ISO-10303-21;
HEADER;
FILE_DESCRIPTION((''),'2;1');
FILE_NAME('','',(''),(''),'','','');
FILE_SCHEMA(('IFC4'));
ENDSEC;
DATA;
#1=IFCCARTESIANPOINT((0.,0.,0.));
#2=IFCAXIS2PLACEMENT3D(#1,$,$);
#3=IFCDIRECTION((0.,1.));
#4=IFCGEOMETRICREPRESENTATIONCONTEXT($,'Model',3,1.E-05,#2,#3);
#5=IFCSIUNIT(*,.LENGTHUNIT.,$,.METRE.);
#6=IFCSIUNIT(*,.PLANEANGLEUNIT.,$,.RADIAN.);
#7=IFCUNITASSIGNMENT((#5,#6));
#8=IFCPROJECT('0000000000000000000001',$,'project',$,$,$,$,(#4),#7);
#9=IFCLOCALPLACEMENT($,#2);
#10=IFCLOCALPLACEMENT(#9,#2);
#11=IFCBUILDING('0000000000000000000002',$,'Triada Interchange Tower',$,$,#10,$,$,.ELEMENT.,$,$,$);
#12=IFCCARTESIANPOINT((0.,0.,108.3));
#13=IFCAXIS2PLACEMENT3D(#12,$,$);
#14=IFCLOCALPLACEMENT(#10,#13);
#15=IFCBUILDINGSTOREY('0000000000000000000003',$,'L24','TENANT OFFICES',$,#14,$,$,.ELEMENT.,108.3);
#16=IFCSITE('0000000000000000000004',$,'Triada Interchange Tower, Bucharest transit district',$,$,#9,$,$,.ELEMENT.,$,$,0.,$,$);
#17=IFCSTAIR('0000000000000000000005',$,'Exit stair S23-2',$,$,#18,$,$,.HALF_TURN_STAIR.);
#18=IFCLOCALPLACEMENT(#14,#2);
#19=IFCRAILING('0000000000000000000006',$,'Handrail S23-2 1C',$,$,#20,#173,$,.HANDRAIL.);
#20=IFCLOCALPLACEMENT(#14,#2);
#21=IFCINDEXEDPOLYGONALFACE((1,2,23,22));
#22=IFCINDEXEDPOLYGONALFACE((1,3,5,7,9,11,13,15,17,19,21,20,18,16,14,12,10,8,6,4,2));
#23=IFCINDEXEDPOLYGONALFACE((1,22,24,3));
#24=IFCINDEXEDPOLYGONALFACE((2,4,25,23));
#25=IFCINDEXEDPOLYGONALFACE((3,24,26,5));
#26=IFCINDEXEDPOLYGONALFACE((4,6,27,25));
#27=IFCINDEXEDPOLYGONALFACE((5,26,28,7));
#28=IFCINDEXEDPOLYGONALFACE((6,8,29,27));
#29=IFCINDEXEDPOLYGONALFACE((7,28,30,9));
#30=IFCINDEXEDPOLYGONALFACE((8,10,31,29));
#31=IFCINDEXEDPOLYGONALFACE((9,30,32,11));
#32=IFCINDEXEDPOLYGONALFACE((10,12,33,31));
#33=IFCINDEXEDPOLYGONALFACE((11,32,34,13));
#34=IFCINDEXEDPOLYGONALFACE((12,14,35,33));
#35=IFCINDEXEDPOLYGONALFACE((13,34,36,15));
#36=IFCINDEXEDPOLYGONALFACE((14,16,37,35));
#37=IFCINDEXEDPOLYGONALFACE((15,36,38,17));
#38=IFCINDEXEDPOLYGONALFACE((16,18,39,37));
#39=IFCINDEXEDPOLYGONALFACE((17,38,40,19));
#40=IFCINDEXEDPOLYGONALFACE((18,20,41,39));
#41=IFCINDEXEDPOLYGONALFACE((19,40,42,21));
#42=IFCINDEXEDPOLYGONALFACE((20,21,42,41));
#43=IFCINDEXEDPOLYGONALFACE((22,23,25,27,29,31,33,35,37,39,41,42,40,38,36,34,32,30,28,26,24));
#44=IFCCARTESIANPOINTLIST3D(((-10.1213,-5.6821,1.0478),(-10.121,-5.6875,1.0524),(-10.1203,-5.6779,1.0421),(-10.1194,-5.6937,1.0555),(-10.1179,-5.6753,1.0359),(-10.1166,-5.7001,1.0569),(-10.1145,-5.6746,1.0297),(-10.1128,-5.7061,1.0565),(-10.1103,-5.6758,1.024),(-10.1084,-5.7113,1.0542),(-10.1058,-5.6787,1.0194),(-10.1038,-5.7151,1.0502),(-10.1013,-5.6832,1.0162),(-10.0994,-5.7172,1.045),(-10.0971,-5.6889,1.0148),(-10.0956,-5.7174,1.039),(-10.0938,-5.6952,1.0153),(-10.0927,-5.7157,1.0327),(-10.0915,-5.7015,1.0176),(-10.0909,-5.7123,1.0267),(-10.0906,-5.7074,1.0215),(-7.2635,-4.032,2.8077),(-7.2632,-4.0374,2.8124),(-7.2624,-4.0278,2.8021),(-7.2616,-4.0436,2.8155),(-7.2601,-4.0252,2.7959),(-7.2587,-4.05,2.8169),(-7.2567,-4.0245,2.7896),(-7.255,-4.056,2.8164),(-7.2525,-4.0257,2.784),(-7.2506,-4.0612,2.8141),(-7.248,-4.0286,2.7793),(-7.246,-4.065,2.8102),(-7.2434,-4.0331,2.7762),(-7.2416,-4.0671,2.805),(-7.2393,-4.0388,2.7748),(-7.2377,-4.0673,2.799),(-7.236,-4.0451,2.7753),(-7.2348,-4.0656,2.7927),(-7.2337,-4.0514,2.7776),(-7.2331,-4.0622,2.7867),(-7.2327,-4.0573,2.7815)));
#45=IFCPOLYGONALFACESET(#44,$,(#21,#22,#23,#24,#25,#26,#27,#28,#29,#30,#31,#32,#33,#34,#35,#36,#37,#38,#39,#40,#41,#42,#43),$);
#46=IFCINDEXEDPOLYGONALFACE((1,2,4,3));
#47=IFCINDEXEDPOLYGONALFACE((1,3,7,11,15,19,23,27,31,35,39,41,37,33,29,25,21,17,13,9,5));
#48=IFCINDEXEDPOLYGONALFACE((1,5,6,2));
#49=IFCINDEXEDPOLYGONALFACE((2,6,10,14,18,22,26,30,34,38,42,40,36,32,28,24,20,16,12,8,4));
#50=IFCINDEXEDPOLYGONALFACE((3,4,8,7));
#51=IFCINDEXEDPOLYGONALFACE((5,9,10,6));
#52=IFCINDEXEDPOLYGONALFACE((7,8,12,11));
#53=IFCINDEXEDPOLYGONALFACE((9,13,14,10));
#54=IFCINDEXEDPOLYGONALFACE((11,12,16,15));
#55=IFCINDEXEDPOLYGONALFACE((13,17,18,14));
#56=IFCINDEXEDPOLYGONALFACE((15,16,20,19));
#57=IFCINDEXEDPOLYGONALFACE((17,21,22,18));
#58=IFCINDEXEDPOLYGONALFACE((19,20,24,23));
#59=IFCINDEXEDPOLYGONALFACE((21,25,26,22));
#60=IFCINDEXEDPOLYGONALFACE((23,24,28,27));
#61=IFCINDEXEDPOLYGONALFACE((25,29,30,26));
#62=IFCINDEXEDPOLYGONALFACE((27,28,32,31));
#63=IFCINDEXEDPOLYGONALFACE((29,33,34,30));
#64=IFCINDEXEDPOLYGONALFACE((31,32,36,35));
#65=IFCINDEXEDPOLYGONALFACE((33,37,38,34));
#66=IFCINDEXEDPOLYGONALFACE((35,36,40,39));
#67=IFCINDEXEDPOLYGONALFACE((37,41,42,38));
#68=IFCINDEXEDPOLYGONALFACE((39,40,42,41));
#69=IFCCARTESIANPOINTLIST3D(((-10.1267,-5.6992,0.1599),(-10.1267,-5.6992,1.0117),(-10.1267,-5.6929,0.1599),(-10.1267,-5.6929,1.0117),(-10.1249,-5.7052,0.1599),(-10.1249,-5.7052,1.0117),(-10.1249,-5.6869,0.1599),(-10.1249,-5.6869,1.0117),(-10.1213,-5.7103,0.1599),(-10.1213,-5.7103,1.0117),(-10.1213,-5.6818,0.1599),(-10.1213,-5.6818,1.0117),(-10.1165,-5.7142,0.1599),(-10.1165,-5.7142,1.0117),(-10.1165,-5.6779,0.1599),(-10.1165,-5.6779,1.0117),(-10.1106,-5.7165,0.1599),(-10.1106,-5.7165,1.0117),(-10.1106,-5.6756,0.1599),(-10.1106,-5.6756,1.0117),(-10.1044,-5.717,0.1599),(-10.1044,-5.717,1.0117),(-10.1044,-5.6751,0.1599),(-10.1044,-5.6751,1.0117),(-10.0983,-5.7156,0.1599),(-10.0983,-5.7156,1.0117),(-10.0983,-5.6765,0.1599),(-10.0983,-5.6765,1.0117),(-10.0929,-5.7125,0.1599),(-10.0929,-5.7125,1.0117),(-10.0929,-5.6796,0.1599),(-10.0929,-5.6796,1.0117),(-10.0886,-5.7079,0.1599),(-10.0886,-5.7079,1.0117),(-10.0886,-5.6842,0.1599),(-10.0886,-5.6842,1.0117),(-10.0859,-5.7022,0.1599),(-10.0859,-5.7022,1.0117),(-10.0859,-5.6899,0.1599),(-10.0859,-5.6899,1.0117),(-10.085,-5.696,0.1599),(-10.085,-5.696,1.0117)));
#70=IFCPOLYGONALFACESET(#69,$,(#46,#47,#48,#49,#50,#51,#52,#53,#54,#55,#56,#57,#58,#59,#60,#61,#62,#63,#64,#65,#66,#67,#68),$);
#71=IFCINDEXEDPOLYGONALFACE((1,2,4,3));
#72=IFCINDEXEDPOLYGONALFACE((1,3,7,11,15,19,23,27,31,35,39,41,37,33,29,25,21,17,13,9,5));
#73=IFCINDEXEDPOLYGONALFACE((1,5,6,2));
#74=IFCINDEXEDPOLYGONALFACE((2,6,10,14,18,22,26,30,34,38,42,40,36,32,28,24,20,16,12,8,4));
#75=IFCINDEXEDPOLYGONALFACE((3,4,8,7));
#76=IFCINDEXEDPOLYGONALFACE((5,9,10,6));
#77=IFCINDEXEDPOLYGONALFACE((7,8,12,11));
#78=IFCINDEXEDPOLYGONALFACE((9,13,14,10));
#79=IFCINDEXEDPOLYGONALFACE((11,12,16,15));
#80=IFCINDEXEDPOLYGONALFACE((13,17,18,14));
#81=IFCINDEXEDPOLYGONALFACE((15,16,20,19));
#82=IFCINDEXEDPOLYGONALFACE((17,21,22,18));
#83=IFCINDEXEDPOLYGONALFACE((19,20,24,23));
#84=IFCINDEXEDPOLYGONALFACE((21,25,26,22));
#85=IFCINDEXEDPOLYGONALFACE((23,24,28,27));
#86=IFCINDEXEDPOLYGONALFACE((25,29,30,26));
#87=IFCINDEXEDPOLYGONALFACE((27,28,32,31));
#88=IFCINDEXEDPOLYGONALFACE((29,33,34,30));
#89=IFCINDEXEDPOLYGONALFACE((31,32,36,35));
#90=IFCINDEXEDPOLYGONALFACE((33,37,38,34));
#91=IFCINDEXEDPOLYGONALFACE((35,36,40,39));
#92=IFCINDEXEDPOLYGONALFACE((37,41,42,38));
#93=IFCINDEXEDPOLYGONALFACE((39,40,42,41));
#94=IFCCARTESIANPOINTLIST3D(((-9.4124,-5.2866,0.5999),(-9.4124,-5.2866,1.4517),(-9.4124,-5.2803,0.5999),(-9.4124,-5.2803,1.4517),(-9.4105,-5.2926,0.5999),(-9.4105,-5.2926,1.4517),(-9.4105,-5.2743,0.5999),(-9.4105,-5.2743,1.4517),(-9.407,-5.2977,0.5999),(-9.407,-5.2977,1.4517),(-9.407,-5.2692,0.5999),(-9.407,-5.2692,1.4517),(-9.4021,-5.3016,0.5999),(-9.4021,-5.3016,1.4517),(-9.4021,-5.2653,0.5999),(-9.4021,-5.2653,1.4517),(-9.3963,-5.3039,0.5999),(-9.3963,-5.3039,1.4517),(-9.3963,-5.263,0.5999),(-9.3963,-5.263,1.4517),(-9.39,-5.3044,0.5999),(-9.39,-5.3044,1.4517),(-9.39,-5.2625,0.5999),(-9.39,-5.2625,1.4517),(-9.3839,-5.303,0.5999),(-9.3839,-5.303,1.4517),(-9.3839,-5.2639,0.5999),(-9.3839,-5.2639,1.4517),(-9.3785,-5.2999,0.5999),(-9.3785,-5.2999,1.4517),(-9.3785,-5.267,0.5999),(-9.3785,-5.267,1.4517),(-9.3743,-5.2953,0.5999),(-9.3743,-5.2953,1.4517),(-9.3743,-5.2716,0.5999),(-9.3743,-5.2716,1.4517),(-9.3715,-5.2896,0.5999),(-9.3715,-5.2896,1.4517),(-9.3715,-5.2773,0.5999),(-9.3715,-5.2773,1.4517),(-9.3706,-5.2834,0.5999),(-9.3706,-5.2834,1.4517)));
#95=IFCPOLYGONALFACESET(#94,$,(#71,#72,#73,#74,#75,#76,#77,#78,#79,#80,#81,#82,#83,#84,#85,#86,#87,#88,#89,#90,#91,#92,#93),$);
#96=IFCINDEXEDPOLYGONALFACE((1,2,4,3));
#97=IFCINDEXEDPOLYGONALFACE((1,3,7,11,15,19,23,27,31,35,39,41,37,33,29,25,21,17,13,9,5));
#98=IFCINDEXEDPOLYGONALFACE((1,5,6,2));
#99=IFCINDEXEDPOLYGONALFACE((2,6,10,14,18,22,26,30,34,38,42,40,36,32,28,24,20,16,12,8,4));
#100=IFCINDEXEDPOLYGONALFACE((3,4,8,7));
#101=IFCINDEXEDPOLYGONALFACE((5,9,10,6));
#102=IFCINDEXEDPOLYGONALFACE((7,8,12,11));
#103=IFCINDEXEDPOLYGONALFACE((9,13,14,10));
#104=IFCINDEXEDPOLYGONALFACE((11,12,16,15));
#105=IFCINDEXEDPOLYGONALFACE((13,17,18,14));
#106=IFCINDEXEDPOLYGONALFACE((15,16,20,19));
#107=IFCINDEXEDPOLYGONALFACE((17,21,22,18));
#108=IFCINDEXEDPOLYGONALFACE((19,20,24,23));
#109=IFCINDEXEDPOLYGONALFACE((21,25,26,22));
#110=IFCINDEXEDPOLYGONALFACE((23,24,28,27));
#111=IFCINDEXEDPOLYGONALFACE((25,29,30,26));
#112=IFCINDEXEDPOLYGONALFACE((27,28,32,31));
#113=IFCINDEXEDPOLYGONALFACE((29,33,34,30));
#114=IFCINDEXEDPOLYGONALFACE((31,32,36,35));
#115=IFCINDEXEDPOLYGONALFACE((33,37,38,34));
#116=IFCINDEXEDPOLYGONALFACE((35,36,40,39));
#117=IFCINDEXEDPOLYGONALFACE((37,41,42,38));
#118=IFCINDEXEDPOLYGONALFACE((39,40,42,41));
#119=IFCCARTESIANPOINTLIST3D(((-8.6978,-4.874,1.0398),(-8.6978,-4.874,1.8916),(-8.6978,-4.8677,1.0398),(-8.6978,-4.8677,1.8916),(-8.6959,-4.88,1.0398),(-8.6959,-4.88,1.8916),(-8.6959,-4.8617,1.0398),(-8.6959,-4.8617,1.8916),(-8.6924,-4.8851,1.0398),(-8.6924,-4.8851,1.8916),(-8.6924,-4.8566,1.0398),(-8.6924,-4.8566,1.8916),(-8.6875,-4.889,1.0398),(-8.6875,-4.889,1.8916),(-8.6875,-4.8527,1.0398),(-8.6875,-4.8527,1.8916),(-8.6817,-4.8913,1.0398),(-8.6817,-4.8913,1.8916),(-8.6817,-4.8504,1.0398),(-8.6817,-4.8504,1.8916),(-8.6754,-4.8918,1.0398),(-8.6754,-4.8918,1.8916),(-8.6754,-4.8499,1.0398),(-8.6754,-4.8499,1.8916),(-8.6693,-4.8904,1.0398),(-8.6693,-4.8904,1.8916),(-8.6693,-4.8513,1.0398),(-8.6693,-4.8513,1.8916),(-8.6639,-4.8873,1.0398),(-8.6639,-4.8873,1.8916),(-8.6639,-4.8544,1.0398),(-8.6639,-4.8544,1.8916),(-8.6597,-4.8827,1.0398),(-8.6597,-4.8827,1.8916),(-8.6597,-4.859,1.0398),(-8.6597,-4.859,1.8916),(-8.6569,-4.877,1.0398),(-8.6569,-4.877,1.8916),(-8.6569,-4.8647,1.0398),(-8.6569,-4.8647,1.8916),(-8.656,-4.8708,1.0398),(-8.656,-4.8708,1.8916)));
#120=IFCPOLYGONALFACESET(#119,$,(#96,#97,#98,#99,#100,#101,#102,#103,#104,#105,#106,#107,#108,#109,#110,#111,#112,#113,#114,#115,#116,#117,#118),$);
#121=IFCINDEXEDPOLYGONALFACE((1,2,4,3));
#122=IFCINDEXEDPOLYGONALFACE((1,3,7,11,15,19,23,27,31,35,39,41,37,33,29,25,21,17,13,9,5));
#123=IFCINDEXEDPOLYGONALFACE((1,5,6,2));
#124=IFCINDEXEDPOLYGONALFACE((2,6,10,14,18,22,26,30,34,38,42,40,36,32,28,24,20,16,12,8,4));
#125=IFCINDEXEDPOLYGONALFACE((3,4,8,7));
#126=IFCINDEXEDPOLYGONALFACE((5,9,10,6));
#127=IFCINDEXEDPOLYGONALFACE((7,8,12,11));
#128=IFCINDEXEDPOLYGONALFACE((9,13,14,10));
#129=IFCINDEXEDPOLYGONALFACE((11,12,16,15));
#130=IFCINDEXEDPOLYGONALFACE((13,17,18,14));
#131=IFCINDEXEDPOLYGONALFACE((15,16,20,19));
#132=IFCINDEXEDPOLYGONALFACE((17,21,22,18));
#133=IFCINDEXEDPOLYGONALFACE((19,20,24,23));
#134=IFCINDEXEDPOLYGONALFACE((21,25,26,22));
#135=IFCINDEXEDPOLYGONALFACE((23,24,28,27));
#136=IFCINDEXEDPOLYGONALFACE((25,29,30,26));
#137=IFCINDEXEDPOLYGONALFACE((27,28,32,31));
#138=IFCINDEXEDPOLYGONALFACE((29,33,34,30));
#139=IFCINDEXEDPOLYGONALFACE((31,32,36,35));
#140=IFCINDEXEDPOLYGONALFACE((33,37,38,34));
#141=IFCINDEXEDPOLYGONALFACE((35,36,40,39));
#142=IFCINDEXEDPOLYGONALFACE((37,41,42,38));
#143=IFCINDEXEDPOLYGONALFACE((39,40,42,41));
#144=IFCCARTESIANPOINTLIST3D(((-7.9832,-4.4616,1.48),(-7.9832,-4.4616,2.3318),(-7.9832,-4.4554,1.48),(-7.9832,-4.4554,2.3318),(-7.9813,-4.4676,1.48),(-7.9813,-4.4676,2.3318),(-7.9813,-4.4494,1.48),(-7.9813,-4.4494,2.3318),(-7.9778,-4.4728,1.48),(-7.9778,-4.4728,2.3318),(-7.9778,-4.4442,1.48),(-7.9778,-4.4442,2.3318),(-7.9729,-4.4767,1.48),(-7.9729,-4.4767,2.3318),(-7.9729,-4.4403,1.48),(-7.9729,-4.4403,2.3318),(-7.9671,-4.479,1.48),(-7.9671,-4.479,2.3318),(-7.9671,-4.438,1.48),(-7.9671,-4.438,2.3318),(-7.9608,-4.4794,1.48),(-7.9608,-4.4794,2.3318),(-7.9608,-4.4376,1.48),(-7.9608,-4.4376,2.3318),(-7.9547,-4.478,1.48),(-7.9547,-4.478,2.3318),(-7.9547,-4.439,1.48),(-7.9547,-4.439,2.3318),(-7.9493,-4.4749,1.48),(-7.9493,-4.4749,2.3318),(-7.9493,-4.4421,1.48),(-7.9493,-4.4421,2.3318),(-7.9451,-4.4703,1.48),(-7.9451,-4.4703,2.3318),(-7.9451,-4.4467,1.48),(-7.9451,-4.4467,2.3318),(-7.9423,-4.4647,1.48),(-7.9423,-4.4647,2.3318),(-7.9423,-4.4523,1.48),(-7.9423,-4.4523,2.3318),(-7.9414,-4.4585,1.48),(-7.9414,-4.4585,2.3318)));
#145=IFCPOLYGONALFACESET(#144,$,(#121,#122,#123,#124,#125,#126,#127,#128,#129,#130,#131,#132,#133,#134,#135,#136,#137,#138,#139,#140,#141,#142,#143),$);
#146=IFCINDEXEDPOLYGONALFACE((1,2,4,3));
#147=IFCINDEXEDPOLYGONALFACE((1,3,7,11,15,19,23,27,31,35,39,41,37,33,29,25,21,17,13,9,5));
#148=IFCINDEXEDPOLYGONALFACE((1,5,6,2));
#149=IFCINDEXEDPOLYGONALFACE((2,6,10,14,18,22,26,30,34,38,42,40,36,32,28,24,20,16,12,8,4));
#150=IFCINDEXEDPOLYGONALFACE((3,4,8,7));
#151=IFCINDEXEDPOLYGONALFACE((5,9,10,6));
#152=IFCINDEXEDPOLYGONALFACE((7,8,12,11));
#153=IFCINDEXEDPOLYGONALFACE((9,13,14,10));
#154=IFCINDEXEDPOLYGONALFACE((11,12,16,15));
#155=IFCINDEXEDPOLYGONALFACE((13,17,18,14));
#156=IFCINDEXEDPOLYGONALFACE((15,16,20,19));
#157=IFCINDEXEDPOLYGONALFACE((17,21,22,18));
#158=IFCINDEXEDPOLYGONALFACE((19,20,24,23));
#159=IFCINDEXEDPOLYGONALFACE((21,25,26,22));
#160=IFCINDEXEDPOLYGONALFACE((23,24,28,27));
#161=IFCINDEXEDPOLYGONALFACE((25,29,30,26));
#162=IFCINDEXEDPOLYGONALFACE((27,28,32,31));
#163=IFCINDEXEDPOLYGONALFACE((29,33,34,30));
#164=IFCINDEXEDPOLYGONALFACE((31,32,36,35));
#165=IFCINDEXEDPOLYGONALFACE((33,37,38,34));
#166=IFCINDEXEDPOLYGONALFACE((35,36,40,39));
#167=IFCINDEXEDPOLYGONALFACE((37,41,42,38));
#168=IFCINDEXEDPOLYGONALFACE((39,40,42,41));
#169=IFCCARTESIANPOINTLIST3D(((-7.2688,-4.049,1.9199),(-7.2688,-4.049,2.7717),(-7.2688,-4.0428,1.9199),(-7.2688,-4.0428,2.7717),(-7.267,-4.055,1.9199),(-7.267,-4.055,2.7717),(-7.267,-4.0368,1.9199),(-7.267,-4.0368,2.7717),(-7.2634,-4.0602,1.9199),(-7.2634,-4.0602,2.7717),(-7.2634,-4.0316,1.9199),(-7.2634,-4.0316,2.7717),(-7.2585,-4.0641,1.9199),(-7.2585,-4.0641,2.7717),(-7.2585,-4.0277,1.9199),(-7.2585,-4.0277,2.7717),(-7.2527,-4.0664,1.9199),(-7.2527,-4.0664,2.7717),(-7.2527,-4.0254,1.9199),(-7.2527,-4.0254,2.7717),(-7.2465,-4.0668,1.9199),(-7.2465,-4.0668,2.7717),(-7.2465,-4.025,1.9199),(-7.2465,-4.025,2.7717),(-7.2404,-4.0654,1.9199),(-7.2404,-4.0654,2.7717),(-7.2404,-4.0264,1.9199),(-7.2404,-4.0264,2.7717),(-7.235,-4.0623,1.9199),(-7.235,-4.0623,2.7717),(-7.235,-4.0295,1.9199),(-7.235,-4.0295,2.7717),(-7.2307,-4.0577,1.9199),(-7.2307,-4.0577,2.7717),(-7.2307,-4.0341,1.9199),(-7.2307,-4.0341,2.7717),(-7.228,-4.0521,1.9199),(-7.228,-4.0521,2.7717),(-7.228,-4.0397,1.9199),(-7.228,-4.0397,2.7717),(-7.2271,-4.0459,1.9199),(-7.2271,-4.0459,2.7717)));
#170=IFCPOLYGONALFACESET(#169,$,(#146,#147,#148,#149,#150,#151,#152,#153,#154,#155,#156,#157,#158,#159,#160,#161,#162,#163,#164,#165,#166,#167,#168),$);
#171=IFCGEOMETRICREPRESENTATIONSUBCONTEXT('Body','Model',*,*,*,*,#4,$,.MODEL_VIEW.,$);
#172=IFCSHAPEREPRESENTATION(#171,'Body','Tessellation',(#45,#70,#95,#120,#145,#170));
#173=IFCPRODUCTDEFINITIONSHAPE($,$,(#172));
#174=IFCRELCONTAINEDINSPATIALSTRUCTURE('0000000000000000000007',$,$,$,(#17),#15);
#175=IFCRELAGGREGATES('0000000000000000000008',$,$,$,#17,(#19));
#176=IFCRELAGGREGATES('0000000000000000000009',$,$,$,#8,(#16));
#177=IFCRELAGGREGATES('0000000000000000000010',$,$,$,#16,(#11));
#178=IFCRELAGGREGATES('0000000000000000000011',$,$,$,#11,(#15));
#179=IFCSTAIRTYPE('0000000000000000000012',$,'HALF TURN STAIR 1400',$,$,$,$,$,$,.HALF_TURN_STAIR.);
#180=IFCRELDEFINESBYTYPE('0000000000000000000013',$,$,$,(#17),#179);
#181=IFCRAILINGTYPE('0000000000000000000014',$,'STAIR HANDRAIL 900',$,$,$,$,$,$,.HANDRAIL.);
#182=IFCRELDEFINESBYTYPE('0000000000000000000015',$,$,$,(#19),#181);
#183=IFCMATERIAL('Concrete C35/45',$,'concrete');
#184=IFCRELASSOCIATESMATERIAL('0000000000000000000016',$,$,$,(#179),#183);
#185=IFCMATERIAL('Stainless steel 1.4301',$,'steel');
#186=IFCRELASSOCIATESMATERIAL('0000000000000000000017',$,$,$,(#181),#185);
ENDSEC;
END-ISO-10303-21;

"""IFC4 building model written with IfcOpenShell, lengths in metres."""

from ifc_helpers import new_model, si_unit, direction, frame, origin, origin_2d, place, context, subcontext, project, spatial, circle, extrude, material, type_object, element, aggregate, save


model = new_model("IFC4")

# Units and contexts
model_context = context("Model", 3, precision=1e-05, world=origin(), true_north=direction((0.0, 1.0)))
body_context = subcontext(model_context, "Body", "Model", "MODEL_VIEW")
ifc_project = project(units=[si_unit("LENGTHUNIT", "METRE"), si_unit("PLANEANGLEUNIT", "RADIAN")], contexts=[model_context])

# Site, building, storey
site_placement = place(None, origin())
site = spatial("IfcSite", under=ifc_project, at=site_placement, Name="Triada Interchange Tower, Bucharest transit district", CompositionType="ELEMENT", RefElevation=0.0)
building_placement = place(site_placement, origin())
building = spatial("IfcBuilding", under=site, at=building_placement, Name="Triada Interchange Tower", CompositionType="ELEMENT")
storey_placement = place(building_placement, frame((0.0, 0.0, 108.3)))
storey = spatial("IfcBuildingStorey", under=building, at=storey_placement, Name="L24", Description="TENANT OFFICES", CompositionType="ELEMENT", Elevation=108.3)

# Stair, railing
ifc_material_1 = material(Name="Concrete C35/45", Category="concrete")
stair_type = type_object("IfcStairType", Name="HALF TURN STAIR 1400", PredefinedType="HALF_TURN_STAIR", material=ifc_material_1)
stair_placement = place(storey_placement, origin())
stair = element("IfcStair", 1, at=stair_placement, inside=storey, type_object=stair_type, Name="Exit stair S23-2", PredefinedType="HALF_TURN_STAIR")
ifc_material_2 = material(Name="Stainless steel 1.4301", Category="steel")
railing_type = type_object("IfcRailingType", Name="STAIR HANDRAIL 900", PredefinedType="HANDRAIL", material=ifc_material_2)
railing_1_placement = place(storey_placement, frame((-10.106, -5.696, 0.1599)))
railing_1 = element("IfcRailing", 2, at=railing_1_placement, type_object=railing_type, Name="Handrail S23-2 1C", PredefinedType="HANDRAIL", context=body_context, shape_type="SweptSolid", body=[
    extrude(circle(Radius=0.0239, at=origin_2d()), frame((0.0, 0.0, 0.876), z_axis=(0.764129, 0.441205, 0.47058), x_axis=(-0.50003, 0.866008, 0.0)), (0.0, 0.0, 1.0), 3.74),
    extrude(circle(Radius=0.021, at=origin_2d()), origin(), (0.0, 0.0, 1.0), 0.8518),
    extrude(circle(Radius=0.021, at=origin_2d()), frame((0.7144, 0.4126, 0.4399)), (0.0, 0.0, 1.0), 0.8518),
    extrude(circle(Radius=0.021, at=origin_2d()), frame((1.429, 0.8252, 0.8799)), (0.0, 0.0, 1.0), 0.8518),
    extrude(circle(Radius=0.021, at=origin_2d()), frame((2.1436, 1.2375, 1.3201)), (0.0, 0.0, 1.0), 0.8518),
    extrude(circle(Radius=0.021, at=origin_2d()), frame((2.8579, 1.6501, 1.76)), (0.0, 0.0, 1.0), 0.8518),
])
aggregate(stair, [railing_1])

save(model, "model.ifc")
